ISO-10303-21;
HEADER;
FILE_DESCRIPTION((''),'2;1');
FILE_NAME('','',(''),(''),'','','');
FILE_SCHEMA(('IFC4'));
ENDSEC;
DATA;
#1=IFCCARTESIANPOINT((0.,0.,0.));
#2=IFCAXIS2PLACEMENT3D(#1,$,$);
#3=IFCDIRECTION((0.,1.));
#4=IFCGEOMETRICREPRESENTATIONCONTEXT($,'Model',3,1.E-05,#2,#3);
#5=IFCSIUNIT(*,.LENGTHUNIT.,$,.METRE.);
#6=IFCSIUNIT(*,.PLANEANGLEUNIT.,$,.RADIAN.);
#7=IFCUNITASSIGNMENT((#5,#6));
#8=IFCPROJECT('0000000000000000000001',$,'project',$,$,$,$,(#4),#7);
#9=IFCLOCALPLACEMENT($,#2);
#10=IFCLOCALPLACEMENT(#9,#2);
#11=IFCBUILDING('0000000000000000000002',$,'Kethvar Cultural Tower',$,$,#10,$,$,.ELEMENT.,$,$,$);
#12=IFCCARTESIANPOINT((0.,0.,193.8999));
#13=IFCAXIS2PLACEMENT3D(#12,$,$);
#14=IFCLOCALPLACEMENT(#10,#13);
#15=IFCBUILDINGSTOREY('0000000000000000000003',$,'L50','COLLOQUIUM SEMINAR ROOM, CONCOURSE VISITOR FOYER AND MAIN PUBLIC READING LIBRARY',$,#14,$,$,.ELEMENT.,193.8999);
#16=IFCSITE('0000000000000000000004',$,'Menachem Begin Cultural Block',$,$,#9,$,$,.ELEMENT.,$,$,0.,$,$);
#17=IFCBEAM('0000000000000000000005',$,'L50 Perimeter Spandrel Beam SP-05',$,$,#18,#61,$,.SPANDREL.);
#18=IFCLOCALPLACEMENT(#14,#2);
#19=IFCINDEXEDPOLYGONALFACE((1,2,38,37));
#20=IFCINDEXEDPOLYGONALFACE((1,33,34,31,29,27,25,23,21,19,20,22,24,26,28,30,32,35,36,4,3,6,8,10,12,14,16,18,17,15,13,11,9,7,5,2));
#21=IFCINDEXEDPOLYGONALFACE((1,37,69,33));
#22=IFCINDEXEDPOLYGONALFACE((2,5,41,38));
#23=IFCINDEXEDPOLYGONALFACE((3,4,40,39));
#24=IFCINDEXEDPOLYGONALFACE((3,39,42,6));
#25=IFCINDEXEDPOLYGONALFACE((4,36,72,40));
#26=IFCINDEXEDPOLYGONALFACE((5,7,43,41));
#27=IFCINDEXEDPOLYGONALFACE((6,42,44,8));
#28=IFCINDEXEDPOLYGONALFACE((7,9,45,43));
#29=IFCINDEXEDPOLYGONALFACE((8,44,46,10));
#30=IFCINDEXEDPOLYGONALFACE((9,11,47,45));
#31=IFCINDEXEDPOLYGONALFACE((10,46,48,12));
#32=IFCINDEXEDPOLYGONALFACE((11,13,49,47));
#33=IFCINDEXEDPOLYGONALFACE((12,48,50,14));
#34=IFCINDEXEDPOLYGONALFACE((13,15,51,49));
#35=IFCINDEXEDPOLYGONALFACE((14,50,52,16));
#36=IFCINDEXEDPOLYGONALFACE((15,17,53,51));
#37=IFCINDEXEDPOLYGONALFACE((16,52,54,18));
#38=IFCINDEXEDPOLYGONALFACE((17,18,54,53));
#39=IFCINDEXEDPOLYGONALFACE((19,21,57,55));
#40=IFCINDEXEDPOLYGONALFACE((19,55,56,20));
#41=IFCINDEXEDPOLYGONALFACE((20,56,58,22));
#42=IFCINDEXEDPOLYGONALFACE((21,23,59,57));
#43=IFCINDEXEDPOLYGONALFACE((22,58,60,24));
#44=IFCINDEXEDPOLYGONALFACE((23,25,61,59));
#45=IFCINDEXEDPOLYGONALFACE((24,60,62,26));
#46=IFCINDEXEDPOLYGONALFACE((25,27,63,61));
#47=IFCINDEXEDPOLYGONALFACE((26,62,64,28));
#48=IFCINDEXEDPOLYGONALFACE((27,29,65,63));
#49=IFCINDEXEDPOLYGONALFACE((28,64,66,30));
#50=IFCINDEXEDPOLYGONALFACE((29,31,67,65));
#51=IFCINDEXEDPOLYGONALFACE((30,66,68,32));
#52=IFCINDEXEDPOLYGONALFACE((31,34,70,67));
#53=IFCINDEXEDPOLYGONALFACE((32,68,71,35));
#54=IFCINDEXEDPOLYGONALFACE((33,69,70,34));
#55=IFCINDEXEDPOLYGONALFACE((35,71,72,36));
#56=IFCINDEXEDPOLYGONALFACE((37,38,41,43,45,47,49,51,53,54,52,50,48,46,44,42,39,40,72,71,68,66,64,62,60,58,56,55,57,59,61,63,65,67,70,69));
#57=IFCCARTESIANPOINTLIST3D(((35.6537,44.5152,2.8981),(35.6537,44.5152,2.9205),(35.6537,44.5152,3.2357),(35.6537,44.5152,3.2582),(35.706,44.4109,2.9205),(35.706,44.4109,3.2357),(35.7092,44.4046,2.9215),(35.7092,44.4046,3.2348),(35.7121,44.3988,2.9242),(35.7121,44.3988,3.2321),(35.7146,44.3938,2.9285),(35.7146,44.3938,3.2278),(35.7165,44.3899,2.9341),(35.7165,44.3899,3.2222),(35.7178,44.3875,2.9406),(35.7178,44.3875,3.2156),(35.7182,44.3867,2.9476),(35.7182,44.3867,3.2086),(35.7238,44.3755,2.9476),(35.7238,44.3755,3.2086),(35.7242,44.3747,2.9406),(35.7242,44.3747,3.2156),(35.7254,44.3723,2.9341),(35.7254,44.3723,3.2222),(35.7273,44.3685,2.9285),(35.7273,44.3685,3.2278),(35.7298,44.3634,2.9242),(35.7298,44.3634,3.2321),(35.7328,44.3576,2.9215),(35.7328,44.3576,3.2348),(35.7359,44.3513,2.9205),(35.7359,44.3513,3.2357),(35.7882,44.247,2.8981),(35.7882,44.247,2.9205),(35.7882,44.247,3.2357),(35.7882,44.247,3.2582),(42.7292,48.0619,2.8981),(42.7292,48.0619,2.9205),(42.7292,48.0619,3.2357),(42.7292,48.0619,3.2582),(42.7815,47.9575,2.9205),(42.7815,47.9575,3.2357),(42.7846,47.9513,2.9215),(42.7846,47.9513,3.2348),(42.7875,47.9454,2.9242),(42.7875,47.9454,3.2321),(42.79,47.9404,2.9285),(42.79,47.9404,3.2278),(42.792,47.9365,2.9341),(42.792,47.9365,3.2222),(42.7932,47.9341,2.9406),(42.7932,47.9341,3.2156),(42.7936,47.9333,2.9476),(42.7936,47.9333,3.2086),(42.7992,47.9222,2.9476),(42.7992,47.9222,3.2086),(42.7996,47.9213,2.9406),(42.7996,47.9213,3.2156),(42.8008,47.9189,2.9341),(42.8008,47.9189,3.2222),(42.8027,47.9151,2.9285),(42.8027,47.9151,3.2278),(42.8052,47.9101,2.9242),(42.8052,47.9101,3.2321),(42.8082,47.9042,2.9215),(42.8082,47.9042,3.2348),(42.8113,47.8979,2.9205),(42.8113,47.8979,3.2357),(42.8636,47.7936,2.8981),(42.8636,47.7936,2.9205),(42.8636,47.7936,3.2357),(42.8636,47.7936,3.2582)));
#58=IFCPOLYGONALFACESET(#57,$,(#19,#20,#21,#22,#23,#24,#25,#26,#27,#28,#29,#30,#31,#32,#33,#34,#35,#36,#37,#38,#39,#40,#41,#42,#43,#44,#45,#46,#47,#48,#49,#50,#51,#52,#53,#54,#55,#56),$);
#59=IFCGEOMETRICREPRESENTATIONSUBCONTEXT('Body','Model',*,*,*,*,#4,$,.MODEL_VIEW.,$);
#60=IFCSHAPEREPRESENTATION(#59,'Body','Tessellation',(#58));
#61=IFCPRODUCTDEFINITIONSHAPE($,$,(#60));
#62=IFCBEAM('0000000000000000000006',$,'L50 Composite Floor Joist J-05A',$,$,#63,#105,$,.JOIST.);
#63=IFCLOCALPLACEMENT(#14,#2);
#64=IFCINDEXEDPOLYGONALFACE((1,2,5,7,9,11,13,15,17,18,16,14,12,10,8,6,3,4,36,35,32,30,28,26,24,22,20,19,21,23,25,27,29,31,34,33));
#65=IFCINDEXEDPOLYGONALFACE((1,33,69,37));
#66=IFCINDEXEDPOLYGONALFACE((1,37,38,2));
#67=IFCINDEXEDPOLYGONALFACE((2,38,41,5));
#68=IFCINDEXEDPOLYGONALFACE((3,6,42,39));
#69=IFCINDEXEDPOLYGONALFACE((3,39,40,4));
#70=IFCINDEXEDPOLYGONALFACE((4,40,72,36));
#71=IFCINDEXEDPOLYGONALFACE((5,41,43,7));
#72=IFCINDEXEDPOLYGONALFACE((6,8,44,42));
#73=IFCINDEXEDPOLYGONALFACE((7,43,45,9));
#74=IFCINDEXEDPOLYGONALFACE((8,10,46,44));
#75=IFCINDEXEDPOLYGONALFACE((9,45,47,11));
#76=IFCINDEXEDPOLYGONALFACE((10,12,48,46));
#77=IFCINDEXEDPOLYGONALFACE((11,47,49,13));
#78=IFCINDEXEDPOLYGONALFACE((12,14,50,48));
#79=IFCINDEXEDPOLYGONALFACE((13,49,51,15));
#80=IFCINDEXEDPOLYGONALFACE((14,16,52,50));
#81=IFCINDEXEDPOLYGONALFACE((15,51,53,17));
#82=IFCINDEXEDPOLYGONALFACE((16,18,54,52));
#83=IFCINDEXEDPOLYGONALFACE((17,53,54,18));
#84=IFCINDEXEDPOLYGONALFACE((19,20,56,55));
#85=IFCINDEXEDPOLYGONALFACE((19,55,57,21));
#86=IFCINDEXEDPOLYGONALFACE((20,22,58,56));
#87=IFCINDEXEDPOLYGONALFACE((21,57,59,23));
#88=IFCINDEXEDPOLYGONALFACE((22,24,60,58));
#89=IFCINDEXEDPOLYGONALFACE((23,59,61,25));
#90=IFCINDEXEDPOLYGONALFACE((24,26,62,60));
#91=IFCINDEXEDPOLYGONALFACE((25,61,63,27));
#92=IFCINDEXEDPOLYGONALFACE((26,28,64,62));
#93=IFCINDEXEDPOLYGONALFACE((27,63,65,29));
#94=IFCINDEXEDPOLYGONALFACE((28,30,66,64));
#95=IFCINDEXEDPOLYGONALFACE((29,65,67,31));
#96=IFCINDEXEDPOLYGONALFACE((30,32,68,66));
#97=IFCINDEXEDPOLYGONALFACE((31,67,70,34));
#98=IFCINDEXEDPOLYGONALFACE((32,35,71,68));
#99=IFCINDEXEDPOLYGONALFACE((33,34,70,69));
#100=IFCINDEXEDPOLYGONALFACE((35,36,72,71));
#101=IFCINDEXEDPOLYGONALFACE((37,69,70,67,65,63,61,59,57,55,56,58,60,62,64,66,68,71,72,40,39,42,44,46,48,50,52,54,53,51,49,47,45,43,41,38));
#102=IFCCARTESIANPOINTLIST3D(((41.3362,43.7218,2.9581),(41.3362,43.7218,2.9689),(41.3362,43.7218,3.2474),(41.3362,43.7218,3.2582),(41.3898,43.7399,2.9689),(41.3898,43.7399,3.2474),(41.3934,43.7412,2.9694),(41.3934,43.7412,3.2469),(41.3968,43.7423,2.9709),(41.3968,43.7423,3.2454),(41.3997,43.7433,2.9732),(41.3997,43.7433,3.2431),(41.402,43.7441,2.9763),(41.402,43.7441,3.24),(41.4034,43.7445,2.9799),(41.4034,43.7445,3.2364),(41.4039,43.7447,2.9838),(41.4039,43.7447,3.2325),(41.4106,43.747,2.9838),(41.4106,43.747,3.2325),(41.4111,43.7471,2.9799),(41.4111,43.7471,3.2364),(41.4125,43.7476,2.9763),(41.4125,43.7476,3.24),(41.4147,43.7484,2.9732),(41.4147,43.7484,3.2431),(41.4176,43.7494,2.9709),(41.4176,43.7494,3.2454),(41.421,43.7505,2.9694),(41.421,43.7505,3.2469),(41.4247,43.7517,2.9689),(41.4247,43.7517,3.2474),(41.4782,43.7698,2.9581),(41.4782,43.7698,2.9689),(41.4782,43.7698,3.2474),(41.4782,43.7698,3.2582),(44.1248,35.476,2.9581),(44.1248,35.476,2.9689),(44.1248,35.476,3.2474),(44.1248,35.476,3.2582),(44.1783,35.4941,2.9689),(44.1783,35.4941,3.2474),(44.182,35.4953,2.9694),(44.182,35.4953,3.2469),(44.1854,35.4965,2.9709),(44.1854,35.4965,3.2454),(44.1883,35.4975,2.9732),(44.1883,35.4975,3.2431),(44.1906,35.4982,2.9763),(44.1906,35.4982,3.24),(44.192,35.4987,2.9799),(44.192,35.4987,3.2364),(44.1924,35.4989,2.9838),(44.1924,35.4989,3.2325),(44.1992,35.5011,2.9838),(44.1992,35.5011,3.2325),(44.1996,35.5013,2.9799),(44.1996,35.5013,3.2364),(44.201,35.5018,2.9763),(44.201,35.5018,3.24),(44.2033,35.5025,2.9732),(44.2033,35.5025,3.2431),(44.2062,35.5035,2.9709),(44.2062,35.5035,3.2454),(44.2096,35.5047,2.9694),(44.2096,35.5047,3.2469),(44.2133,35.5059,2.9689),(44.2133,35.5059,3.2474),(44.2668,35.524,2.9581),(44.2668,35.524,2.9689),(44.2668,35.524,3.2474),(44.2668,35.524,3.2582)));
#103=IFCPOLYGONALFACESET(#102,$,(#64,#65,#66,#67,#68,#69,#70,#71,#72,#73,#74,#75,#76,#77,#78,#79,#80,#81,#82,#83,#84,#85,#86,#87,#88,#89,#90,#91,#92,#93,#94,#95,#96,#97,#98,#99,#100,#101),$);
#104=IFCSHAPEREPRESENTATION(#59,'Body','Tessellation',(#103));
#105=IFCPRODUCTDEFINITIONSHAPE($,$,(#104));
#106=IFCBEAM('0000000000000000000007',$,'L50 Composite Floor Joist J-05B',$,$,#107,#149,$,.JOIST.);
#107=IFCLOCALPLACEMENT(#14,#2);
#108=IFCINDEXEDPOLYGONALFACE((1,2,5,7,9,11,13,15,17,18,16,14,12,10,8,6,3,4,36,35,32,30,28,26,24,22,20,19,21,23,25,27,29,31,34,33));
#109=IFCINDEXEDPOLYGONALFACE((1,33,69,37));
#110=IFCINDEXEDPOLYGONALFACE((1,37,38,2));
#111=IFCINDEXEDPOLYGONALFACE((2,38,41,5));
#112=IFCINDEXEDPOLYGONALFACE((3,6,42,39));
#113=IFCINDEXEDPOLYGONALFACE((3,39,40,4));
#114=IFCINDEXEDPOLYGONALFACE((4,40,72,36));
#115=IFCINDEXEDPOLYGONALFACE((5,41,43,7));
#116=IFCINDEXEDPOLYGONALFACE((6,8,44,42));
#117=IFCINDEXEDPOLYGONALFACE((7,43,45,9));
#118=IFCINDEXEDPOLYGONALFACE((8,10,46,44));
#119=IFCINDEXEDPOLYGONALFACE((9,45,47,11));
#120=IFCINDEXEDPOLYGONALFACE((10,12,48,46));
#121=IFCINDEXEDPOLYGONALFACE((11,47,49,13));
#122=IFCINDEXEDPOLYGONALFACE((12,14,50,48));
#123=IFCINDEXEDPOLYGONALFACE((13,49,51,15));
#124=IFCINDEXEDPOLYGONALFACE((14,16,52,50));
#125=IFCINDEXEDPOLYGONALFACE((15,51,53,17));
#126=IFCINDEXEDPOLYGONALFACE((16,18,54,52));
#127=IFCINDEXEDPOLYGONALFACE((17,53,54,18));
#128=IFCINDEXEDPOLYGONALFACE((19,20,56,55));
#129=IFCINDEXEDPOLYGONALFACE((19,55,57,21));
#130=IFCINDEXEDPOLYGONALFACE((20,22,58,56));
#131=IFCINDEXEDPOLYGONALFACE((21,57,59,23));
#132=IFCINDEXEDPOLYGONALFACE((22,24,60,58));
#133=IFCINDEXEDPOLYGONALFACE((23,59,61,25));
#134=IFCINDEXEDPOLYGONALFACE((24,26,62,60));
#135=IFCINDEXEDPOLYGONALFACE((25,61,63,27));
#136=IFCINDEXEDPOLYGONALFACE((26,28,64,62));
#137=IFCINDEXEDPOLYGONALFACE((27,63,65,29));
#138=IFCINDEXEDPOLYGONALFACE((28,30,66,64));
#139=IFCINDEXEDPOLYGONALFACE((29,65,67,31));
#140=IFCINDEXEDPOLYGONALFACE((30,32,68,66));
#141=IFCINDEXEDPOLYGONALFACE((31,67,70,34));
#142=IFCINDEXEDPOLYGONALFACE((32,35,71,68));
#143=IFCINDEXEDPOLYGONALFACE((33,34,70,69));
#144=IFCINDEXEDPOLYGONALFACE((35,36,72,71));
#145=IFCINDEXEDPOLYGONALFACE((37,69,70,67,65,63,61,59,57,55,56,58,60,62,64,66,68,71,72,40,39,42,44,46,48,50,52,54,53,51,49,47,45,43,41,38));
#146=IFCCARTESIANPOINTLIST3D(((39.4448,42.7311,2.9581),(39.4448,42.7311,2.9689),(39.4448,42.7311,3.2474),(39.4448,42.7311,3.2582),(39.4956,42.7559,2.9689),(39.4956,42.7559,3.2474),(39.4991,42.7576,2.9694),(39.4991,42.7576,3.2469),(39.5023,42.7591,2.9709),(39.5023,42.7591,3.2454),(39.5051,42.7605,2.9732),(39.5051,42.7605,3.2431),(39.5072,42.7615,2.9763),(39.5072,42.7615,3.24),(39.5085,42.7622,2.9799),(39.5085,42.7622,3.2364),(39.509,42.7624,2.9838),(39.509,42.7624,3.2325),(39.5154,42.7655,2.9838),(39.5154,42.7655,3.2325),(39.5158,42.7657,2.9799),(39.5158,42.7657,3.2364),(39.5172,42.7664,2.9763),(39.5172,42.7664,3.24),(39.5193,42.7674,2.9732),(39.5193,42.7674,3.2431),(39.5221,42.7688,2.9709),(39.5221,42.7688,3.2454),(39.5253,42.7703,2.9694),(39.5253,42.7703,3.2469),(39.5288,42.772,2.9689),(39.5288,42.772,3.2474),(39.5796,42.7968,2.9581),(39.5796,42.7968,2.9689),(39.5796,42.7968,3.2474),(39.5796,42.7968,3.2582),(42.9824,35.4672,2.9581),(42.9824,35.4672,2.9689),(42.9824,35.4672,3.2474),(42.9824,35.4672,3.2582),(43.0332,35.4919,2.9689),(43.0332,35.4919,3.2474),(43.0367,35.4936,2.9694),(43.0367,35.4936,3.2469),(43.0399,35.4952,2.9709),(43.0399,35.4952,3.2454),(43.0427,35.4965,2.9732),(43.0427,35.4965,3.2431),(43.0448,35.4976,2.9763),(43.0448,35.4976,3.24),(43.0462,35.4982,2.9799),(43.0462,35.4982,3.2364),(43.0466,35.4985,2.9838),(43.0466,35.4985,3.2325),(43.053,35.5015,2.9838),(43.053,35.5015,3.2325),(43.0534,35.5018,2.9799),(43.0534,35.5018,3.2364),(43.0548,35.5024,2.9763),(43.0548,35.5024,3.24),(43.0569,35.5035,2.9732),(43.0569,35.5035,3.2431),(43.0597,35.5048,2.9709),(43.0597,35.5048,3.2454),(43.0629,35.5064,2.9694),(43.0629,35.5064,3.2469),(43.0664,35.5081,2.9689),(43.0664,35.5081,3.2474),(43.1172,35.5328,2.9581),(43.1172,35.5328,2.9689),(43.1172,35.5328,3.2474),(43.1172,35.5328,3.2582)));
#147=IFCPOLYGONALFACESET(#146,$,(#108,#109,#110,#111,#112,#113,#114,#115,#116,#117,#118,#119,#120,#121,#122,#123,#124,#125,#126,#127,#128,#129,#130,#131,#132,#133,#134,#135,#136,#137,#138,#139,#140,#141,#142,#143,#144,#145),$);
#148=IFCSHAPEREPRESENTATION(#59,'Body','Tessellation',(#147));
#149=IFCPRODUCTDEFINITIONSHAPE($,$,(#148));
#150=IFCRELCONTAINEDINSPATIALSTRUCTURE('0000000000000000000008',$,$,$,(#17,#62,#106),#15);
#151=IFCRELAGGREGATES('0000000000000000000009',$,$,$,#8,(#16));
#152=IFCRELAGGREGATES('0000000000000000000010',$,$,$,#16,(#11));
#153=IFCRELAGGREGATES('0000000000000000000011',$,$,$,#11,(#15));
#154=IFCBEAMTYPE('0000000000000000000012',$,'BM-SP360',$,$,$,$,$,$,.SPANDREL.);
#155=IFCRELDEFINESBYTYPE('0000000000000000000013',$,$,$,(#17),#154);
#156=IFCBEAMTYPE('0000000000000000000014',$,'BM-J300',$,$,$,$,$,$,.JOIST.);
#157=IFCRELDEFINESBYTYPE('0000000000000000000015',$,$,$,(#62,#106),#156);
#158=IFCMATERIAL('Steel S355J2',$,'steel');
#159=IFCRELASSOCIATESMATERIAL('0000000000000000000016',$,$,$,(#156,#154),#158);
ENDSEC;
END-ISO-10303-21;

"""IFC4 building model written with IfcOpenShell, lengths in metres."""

from ifc_helpers import new_model, si_unit, direction, frame, origin, origin_2d, place, context, subcontext, project, spatial, i_section, extrude, source, transform, mapped, material, material_profile, profile_set, type_object, element, save


model = new_model("IFC4")

# Units and contexts
model_context = context("Model", 3, precision=1e-05, world=origin(), true_north=direction((0.0, 1.0)))
body_context = subcontext(model_context, "Body", "Model", "MODEL_VIEW")
ifc_project = project(units=[si_unit("LENGTHUNIT", "METRE"), si_unit("PLANEANGLEUNIT", "RADIAN")], contexts=[model_context])

# Site, building, storey
site_placement = place(None, origin())
site = spatial("IfcSite", under=ifc_project, at=site_placement, Name="Menachem Begin Cultural Block", CompositionType="ELEMENT", RefElevation=0.0)
building_placement = place(site_placement, origin())
building = spatial("IfcBuilding", under=site, at=building_placement, Name="Kethvar Cultural Tower", CompositionType="ELEMENT")
storey_placement = place(building_placement, frame((0.0, 0.0, 193.8999)))
storey = spatial("IfcBuildingStorey", under=building, at=storey_placement, Name="L50", Description="COLLOQUIUM SEMINAR ROOM, CONCOURSE VISITOR FOYER AND MAIN PUBLIC READING LIBRARY", CompositionType="ELEMENT", Elevation=193.8999)

# Beams
ifc_material_1 = material(Name="Steel S355J2", Category="steel")
ifc_material_profile_1 = material_profile(ifc_material_1, i_section(OverallWidth=0.1499, OverallDepth=0.3, WebThickness=0.0071, FlangeThickness=0.0107, FilletRadius=0.0149, at=origin_2d()), Name="Steel S355J2 — IPE300")
ifc_profile_set_1 = profile_set([ifc_material_profile_1], Name="Steel S355J2 — IPE300")
beam_type_1 = type_object("IfcBeamType", Name="BM-J300", PredefinedType="JOIST", material=ifc_profile_set_1)
ifc_material_profile_2 = material_profile(ifc_material_1, i_section(OverallWidth=0.3, OverallDepth=0.3601, WebThickness=0.0125, FlangeThickness=0.0225, FilletRadius=0.0271, at=origin_2d()), Name="Steel S355J2 — HEB360")
ifc_profile_set_2 = profile_set([ifc_material_profile_2], Name="Steel S355J2 — HEB360")
beam_type_2 = type_object("IfcBeamType", Name="BM-SP360", PredefinedType="SPANDREL", material=ifc_profile_set_2)
shared_shape_1 = source(origin(), body_context, "Body", "SweptSolid", [
    extrude(i_section(OverallWidth=0.3, OverallDepth=0.3601, WebThickness=0.0125, FlangeThickness=0.0225, FilletRadius=0.0271, at=origin_2d()), origin(), (0.0, 0.0, 1.0), 7.9146),
])
beam_1_placement = place(storey_placement, frame((42.7964, 47.9277, 3.0781), z_axis=(-0.893976, -0.448114, 0.0), x_axis=(0.448114, -0.893976, 0.0)))
element("IfcBeam", 1, at=beam_1_placement, inside=storey, type_object=beam_type_2, Name="L50 Perimeter Spandrel Beam SP-05", PredefinedType="SPANDREL", context=body_context, shape_type="MappedRepresentation", body=[
    mapped(shared_shape_1, transform((0.0, 0.0, 0.0), scale=1.0)),
])
shared_shape_2 = source(origin(), body_context, "Body", "SweptSolid", [
    extrude(i_section(OverallWidth=0.1499, OverallDepth=0.3, WebThickness=0.0071, FlangeThickness=0.0107, FilletRadius=0.0149, at=origin_2d()), origin(), (0.0, 0.0, 1.0), 8.7046),
])
beam_2_placement = place(storey_placement, frame((44.1958, 35.5, 3.1082), z_axis=(-0.320356, 0.947297, 0.0), x_axis=(-0.947297, -0.320356, 0.0)))
element("IfcBeam", 2, at=beam_2_placement, inside=storey, type_object=beam_type_1, Name="L50 Composite Floor Joist J-05A", PredefinedType="JOIST", context=body_context, shape_type="MappedRepresentation", body=[
    mapped(shared_shape_2, transform((0.0, 0.0, 0.0), scale=1.0)),
])
shared_shape_3 = source(origin(), body_context, "Body", "SweptSolid", [
    extrude(i_section(OverallWidth=0.1499, OverallDepth=0.3, WebThickness=0.0071, FlangeThickness=0.0107, FilletRadius=0.0149, at=origin_2d()), origin(), (0.0, 0.0, 1.0), 8.0796),
])
beam_3_placement = place(storey_placement, frame((43.0498, 35.5, 3.1082), z_axis=(-0.437846, 0.89905, 0.0), x_axis=(-0.89905, -0.437846, 0.0)))
element("IfcBeam", 3, at=beam_3_placement, inside=storey, type_object=beam_type_1, Name="L50 Composite Floor Joist J-05B", PredefinedType="JOIST", context=body_context, shape_type="MappedRepresentation", body=[
    mapped(shared_shape_3, transform((0.0, 0.0, 0.0), scale=1.0)),
])

save(model, "model.ifc")
